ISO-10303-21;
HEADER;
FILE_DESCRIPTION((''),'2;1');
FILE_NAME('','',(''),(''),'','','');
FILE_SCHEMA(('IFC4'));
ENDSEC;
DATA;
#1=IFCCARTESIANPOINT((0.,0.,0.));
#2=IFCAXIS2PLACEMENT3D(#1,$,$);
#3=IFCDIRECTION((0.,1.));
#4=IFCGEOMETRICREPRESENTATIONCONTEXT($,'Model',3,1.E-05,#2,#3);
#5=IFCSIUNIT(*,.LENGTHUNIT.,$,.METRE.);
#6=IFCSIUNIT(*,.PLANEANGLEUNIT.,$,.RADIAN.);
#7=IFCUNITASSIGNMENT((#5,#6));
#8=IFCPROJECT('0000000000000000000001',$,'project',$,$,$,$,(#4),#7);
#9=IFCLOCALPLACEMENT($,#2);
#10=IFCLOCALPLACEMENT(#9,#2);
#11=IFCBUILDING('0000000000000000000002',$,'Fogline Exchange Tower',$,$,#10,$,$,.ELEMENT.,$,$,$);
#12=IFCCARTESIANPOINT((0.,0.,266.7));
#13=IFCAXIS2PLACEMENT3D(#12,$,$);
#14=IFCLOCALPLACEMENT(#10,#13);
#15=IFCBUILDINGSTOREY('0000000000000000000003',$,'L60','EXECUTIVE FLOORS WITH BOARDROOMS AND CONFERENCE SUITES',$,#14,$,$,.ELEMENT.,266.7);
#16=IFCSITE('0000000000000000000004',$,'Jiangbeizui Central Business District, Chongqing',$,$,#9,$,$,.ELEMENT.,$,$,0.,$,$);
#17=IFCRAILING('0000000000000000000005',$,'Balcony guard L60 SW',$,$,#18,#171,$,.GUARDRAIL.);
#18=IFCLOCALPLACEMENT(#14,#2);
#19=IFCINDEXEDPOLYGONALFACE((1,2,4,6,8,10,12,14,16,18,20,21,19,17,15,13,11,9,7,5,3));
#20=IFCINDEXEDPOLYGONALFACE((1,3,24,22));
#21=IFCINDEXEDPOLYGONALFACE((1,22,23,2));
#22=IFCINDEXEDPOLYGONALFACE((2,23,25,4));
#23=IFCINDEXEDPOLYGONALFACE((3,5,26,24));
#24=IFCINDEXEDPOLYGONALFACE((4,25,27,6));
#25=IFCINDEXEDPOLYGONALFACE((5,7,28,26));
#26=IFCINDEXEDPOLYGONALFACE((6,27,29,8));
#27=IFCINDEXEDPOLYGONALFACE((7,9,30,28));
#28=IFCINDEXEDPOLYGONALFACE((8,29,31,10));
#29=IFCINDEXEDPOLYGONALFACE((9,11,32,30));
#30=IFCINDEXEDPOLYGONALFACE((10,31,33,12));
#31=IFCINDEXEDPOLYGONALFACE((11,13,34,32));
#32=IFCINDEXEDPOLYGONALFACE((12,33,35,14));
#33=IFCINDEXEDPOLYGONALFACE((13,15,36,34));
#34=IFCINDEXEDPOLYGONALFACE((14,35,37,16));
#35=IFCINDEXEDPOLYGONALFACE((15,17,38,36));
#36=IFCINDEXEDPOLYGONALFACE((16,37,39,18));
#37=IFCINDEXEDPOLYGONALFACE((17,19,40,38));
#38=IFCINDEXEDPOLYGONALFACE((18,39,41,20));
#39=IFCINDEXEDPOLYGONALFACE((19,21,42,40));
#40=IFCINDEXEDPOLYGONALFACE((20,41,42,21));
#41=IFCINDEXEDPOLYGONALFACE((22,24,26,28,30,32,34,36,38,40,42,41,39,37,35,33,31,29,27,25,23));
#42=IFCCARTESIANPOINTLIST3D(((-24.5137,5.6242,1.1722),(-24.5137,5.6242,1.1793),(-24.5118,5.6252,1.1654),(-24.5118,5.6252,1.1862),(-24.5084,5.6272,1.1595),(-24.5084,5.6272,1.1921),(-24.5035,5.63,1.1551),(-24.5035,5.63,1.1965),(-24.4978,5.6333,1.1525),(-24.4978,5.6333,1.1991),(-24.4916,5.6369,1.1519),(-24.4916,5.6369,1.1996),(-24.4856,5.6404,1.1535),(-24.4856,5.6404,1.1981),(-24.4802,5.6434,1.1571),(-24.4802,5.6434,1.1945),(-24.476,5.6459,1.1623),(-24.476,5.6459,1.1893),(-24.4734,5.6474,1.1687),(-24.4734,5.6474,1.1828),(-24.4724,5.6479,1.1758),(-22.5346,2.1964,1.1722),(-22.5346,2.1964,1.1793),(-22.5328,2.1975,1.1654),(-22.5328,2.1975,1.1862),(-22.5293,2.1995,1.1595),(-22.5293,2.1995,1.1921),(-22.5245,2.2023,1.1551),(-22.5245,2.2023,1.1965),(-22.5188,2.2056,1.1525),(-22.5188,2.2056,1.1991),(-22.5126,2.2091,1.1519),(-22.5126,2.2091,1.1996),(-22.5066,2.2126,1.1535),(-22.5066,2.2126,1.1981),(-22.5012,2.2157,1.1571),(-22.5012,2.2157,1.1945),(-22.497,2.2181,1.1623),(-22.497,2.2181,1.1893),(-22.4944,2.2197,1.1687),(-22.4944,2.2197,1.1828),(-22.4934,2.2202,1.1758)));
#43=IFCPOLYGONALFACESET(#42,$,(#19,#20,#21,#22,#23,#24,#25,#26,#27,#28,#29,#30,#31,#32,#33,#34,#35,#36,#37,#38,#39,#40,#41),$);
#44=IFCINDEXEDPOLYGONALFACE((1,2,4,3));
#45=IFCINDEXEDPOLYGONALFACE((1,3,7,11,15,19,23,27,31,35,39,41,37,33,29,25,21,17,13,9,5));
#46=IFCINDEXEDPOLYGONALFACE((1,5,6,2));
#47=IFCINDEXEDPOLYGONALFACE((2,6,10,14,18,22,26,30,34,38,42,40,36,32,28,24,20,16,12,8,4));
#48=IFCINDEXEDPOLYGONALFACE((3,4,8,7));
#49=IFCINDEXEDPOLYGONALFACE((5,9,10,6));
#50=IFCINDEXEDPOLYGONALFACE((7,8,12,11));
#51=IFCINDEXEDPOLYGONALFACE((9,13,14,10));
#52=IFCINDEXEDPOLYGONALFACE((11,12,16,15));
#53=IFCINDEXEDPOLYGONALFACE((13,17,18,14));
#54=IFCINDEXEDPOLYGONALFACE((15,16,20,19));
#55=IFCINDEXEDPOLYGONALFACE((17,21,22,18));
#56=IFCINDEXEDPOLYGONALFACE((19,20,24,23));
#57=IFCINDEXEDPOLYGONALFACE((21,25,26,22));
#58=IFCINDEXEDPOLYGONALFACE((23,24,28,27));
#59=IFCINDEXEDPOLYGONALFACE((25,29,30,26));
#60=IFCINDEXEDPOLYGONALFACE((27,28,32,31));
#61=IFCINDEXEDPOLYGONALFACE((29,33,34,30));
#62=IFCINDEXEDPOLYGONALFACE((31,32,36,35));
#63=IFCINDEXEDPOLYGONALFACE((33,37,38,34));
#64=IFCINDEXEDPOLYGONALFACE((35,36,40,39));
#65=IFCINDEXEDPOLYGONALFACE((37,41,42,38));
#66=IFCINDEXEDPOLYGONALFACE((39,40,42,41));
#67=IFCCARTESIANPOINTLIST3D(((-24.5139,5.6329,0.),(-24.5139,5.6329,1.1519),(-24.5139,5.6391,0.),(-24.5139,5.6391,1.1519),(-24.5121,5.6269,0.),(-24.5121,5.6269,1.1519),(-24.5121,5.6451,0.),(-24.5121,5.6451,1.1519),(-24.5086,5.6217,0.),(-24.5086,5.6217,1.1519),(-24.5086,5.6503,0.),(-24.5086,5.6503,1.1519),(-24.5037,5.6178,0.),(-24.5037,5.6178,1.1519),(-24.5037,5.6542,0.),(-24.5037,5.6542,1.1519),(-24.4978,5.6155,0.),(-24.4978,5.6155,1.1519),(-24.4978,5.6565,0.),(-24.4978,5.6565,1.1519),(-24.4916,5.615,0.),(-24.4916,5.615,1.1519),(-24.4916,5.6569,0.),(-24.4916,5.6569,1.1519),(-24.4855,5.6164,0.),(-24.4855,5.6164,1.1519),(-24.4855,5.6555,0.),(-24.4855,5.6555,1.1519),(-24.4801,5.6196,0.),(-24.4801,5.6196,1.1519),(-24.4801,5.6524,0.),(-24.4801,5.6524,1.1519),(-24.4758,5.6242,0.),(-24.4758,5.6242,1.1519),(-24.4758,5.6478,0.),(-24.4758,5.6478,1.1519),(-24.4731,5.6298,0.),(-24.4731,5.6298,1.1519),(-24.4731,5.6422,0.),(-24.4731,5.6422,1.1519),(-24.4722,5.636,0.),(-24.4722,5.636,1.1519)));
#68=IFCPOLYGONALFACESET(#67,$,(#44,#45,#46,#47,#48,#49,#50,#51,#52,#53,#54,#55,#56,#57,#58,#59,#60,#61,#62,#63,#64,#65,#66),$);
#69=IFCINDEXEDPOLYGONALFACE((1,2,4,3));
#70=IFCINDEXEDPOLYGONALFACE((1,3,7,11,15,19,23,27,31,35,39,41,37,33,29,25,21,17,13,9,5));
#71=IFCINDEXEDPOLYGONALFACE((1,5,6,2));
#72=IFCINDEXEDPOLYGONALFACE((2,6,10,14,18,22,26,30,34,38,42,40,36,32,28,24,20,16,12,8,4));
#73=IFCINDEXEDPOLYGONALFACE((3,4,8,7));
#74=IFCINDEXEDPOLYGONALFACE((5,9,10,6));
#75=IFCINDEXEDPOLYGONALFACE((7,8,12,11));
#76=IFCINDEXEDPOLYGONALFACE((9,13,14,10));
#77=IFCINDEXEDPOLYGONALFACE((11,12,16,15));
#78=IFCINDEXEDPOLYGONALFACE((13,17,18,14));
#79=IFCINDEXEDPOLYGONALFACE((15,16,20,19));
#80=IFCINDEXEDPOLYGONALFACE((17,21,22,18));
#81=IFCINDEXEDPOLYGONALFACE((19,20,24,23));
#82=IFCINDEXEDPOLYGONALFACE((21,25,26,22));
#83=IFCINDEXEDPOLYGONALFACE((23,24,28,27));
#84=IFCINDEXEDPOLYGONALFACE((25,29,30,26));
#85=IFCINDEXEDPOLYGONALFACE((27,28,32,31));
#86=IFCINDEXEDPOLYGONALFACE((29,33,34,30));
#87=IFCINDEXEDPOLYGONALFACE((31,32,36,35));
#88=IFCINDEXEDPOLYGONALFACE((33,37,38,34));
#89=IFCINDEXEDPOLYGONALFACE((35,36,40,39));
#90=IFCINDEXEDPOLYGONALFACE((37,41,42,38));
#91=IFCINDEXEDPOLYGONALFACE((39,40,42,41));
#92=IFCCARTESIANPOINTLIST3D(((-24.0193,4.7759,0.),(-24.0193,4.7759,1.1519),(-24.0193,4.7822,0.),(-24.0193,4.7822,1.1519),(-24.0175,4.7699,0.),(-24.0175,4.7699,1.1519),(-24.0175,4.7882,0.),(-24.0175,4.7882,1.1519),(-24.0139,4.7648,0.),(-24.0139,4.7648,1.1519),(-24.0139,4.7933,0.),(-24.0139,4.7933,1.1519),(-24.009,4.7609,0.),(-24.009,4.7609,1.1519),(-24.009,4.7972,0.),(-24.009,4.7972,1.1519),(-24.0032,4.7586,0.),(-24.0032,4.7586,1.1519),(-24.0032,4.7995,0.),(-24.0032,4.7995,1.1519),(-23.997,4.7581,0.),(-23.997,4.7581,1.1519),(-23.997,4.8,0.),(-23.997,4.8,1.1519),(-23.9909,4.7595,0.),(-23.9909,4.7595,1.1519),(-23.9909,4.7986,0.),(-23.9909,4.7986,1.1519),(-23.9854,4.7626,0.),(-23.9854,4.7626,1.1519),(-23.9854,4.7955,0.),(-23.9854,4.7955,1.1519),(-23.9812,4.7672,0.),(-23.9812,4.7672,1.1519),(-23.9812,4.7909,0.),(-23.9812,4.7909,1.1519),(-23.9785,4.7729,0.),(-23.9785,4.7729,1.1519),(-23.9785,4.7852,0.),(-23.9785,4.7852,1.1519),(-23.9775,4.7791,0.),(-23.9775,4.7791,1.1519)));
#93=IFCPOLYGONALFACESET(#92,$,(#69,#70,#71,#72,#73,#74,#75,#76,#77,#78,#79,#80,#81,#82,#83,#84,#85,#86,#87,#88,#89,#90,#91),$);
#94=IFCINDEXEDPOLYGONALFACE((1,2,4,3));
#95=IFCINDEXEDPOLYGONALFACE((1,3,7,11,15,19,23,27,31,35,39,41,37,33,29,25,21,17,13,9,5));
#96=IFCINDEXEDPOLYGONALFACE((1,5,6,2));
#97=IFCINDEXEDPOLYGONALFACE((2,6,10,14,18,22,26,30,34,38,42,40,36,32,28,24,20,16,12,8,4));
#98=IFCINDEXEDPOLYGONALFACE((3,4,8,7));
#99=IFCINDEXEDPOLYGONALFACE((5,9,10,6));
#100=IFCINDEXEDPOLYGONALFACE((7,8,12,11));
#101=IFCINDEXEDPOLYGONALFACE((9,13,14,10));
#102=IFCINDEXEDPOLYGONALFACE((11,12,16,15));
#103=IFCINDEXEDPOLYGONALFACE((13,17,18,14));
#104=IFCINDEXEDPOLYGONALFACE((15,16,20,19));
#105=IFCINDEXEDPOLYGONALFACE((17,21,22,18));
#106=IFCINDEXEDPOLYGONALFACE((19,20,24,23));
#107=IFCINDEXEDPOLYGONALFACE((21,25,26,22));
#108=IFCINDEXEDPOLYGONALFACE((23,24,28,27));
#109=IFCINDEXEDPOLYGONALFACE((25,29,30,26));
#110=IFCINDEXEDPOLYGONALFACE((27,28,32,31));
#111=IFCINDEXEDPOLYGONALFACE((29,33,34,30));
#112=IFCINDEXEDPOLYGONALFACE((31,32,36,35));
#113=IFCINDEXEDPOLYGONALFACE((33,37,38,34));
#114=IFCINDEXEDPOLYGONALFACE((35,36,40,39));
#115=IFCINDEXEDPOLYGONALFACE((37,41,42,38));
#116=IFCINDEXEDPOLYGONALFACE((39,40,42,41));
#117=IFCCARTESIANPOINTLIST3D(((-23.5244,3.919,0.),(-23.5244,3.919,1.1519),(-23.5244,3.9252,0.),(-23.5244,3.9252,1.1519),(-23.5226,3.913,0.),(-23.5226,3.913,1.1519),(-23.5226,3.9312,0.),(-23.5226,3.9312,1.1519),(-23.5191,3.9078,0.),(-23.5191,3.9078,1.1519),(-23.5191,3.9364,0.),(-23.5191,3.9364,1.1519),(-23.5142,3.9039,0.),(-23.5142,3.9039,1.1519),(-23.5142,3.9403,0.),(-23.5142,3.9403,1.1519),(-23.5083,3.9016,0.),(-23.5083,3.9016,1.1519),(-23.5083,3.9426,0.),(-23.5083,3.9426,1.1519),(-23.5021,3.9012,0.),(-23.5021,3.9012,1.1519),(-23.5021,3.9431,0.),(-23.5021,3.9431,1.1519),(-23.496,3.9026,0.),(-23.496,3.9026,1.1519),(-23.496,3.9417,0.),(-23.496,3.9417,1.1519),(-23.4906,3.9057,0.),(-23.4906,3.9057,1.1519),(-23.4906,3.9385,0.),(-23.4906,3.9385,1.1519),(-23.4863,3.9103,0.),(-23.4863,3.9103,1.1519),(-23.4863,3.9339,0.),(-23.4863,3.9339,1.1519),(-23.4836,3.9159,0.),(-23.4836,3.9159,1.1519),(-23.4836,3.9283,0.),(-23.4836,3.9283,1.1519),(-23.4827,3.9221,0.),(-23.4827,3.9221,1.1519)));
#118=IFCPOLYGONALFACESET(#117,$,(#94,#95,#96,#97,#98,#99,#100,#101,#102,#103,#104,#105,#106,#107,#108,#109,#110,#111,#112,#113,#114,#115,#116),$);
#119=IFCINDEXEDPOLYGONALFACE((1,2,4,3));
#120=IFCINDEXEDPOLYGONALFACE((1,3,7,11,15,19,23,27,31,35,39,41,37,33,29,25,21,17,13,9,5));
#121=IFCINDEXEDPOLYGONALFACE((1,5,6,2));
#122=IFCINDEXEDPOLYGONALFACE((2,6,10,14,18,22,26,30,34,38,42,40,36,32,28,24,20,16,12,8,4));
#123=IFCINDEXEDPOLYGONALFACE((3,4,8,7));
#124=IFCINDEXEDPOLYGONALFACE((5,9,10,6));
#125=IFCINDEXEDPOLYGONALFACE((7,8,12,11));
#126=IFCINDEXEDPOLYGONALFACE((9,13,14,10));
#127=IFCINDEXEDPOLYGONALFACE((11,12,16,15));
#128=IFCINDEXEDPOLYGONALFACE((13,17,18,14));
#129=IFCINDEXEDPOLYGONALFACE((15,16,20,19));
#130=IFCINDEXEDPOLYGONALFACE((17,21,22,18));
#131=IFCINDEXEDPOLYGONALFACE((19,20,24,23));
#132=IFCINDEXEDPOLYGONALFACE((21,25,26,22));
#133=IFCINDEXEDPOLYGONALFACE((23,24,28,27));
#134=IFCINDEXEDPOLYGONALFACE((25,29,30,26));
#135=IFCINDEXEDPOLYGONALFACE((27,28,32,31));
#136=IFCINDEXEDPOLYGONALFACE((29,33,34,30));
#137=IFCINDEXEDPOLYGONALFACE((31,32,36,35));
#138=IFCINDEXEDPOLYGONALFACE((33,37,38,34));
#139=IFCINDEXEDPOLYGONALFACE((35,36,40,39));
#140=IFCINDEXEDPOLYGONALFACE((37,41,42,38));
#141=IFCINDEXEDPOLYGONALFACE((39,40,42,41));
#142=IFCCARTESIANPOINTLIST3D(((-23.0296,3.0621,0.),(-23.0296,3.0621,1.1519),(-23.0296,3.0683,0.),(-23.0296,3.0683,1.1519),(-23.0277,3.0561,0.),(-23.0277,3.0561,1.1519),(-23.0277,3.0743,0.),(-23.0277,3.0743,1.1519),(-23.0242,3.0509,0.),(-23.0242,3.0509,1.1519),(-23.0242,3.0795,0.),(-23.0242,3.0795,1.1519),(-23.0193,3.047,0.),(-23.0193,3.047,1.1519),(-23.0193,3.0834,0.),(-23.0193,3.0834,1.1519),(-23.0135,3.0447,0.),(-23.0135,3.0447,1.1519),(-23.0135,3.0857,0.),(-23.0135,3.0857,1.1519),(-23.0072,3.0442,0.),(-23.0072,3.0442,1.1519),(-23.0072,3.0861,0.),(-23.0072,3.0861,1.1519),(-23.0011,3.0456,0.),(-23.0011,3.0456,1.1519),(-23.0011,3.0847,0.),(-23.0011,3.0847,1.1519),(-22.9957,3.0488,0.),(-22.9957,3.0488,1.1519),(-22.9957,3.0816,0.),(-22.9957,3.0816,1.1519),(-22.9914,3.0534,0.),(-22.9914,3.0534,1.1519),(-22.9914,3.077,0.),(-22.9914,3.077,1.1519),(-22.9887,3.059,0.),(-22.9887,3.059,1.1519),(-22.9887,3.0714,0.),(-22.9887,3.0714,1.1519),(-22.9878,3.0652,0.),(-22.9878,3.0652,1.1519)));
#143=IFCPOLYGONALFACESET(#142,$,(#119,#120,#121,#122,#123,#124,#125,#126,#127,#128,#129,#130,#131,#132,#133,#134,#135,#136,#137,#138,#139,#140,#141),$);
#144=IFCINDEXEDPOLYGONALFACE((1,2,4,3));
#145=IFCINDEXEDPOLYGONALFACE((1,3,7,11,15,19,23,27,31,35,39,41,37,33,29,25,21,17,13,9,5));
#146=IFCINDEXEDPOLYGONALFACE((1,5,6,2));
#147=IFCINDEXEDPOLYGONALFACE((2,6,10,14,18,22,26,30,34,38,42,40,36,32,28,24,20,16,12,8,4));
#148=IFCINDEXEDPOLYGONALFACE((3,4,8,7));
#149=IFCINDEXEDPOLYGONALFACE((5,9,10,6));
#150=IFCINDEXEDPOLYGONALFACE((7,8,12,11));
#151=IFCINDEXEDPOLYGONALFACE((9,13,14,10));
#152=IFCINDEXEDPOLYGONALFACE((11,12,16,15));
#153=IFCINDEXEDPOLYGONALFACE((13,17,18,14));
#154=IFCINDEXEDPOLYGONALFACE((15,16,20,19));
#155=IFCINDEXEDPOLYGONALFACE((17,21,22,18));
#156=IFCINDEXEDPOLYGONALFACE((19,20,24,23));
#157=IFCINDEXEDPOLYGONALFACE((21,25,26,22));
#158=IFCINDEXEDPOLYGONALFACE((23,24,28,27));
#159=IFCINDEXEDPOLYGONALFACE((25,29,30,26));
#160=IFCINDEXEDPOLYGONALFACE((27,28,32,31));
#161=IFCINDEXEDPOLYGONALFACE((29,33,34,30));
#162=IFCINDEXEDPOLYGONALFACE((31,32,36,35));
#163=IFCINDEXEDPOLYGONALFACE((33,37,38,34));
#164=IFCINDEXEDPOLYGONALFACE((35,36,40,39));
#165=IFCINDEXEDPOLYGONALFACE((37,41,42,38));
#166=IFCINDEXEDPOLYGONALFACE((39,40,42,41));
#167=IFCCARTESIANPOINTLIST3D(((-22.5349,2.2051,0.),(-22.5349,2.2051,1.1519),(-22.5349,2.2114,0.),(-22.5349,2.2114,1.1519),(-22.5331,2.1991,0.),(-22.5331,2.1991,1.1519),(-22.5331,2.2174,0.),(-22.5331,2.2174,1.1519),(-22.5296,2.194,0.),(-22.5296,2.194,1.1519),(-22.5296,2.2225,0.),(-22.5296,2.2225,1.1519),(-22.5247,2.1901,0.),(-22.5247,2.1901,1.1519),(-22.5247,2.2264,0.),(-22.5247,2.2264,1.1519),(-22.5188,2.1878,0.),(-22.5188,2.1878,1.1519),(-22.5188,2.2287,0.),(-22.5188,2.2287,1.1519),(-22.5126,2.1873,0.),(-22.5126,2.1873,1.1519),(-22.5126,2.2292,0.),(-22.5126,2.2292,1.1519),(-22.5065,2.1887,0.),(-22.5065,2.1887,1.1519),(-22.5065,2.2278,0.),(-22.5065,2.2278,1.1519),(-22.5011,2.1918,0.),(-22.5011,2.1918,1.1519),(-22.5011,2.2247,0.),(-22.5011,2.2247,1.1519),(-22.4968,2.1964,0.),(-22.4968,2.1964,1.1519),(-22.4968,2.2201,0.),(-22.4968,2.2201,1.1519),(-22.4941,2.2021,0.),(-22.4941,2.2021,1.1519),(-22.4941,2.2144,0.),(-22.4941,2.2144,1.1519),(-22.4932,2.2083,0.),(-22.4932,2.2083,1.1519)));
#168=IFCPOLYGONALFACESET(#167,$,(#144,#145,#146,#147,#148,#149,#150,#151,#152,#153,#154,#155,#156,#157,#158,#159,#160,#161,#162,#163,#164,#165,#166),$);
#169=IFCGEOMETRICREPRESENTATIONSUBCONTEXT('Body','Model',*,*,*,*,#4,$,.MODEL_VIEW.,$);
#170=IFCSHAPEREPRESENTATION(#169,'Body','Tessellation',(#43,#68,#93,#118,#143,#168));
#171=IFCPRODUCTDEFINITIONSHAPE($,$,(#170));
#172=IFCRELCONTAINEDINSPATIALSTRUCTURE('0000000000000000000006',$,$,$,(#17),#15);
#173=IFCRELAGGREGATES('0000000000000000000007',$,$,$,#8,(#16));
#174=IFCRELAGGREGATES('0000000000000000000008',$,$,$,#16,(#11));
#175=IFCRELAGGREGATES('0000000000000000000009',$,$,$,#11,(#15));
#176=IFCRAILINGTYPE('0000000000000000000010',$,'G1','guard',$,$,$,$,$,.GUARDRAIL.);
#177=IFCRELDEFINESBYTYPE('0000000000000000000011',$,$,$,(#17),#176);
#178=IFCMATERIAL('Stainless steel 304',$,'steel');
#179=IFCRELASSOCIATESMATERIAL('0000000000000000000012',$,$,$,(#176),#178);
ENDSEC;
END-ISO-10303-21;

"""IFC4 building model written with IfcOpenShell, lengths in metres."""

from ifc_helpers import new_model, si_unit, direction, frame, origin, origin_2d, place, context, subcontext, project, spatial, circle, extrude, material, type_object, element, save


model = new_model("IFC4")

# Units and contexts
model_context = context("Model", 3, precision=1e-05, world=origin(), true_north=direction((0.0, 1.0)))
body_context = subcontext(model_context, "Body", "Model", "MODEL_VIEW")
ifc_project = project(units=[si_unit("LENGTHUNIT", "METRE"), si_unit("PLANEANGLEUNIT", "RADIAN")], contexts=[model_context])

# Site, building, storey
site_placement = place(None, origin())
site = spatial("IfcSite", under=ifc_project, at=site_placement, Name="Jiangbeizui Central Business District, Chongqing", CompositionType="ELEMENT", RefElevation=0.0)
building_placement = place(site_placement, origin())
building = spatial("IfcBuilding", under=site, at=building_placement, Name="Fogline Exchange Tower", CompositionType="ELEMENT")
storey_placement = place(building_placement, frame((0.0, 0.0, 266.7)))
storey = spatial("IfcBuildingStorey", under=building, at=storey_placement, Name="L60", Description="EXECUTIVE FLOORS WITH BOARDROOMS AND CONFERENCE SUITES", CompositionType="ELEMENT", Elevation=266.7)

# Railing
ifc_material_1 = material(Name="Stainless steel 304", Category="steel")
railing_type = type_object("IfcRailingType", Name="G1", Description="guard", PredefinedType="GUARDRAIL", material=ifc_material_1)
railing_placement = place(storey_placement, frame((-24.4932, 5.636, 0.0)))
element("IfcRailing", 1, at=railing_placement, inside=storey, type_object=railing_type, Name="Balcony guard L60 SW", PredefinedType="GUARDRAIL", context=body_context, shape_type="SweptSolid", body=[
    extrude(circle(Radius=0.0239, at=origin_2d()), frame((0.0, 0.0, 1.1758), z_axis=(0.5, -0.866025, 0.0), x_axis=(0.866025, 0.5, 0.0)), (0.0, 0.0, 1.0), 3.958),
    extrude(circle(Radius=0.021, at=origin_2d()), origin(), (0.0, 0.0, 1.0), 1.1519),
    extrude(circle(Radius=0.021, at=origin_2d()), frame((0.4946, -0.8569, 0.0)), (0.0, 0.0, 1.0), 1.1519),
    extrude(circle(Radius=0.021, at=origin_2d()), frame((0.9895, -1.7139, 0.0)), (0.0, 0.0, 1.0), 1.1519),
    extrude(circle(Radius=0.021, at=origin_2d()), frame((1.4844, -2.5708, 0.0)), (0.0, 0.0, 1.0), 1.1519),
    extrude(circle(Radius=0.021, at=origin_2d()), frame((1.979, -3.4277, 0.0)), (0.0, 0.0, 1.0), 1.1519),
])

save(model, "model.ifc")
